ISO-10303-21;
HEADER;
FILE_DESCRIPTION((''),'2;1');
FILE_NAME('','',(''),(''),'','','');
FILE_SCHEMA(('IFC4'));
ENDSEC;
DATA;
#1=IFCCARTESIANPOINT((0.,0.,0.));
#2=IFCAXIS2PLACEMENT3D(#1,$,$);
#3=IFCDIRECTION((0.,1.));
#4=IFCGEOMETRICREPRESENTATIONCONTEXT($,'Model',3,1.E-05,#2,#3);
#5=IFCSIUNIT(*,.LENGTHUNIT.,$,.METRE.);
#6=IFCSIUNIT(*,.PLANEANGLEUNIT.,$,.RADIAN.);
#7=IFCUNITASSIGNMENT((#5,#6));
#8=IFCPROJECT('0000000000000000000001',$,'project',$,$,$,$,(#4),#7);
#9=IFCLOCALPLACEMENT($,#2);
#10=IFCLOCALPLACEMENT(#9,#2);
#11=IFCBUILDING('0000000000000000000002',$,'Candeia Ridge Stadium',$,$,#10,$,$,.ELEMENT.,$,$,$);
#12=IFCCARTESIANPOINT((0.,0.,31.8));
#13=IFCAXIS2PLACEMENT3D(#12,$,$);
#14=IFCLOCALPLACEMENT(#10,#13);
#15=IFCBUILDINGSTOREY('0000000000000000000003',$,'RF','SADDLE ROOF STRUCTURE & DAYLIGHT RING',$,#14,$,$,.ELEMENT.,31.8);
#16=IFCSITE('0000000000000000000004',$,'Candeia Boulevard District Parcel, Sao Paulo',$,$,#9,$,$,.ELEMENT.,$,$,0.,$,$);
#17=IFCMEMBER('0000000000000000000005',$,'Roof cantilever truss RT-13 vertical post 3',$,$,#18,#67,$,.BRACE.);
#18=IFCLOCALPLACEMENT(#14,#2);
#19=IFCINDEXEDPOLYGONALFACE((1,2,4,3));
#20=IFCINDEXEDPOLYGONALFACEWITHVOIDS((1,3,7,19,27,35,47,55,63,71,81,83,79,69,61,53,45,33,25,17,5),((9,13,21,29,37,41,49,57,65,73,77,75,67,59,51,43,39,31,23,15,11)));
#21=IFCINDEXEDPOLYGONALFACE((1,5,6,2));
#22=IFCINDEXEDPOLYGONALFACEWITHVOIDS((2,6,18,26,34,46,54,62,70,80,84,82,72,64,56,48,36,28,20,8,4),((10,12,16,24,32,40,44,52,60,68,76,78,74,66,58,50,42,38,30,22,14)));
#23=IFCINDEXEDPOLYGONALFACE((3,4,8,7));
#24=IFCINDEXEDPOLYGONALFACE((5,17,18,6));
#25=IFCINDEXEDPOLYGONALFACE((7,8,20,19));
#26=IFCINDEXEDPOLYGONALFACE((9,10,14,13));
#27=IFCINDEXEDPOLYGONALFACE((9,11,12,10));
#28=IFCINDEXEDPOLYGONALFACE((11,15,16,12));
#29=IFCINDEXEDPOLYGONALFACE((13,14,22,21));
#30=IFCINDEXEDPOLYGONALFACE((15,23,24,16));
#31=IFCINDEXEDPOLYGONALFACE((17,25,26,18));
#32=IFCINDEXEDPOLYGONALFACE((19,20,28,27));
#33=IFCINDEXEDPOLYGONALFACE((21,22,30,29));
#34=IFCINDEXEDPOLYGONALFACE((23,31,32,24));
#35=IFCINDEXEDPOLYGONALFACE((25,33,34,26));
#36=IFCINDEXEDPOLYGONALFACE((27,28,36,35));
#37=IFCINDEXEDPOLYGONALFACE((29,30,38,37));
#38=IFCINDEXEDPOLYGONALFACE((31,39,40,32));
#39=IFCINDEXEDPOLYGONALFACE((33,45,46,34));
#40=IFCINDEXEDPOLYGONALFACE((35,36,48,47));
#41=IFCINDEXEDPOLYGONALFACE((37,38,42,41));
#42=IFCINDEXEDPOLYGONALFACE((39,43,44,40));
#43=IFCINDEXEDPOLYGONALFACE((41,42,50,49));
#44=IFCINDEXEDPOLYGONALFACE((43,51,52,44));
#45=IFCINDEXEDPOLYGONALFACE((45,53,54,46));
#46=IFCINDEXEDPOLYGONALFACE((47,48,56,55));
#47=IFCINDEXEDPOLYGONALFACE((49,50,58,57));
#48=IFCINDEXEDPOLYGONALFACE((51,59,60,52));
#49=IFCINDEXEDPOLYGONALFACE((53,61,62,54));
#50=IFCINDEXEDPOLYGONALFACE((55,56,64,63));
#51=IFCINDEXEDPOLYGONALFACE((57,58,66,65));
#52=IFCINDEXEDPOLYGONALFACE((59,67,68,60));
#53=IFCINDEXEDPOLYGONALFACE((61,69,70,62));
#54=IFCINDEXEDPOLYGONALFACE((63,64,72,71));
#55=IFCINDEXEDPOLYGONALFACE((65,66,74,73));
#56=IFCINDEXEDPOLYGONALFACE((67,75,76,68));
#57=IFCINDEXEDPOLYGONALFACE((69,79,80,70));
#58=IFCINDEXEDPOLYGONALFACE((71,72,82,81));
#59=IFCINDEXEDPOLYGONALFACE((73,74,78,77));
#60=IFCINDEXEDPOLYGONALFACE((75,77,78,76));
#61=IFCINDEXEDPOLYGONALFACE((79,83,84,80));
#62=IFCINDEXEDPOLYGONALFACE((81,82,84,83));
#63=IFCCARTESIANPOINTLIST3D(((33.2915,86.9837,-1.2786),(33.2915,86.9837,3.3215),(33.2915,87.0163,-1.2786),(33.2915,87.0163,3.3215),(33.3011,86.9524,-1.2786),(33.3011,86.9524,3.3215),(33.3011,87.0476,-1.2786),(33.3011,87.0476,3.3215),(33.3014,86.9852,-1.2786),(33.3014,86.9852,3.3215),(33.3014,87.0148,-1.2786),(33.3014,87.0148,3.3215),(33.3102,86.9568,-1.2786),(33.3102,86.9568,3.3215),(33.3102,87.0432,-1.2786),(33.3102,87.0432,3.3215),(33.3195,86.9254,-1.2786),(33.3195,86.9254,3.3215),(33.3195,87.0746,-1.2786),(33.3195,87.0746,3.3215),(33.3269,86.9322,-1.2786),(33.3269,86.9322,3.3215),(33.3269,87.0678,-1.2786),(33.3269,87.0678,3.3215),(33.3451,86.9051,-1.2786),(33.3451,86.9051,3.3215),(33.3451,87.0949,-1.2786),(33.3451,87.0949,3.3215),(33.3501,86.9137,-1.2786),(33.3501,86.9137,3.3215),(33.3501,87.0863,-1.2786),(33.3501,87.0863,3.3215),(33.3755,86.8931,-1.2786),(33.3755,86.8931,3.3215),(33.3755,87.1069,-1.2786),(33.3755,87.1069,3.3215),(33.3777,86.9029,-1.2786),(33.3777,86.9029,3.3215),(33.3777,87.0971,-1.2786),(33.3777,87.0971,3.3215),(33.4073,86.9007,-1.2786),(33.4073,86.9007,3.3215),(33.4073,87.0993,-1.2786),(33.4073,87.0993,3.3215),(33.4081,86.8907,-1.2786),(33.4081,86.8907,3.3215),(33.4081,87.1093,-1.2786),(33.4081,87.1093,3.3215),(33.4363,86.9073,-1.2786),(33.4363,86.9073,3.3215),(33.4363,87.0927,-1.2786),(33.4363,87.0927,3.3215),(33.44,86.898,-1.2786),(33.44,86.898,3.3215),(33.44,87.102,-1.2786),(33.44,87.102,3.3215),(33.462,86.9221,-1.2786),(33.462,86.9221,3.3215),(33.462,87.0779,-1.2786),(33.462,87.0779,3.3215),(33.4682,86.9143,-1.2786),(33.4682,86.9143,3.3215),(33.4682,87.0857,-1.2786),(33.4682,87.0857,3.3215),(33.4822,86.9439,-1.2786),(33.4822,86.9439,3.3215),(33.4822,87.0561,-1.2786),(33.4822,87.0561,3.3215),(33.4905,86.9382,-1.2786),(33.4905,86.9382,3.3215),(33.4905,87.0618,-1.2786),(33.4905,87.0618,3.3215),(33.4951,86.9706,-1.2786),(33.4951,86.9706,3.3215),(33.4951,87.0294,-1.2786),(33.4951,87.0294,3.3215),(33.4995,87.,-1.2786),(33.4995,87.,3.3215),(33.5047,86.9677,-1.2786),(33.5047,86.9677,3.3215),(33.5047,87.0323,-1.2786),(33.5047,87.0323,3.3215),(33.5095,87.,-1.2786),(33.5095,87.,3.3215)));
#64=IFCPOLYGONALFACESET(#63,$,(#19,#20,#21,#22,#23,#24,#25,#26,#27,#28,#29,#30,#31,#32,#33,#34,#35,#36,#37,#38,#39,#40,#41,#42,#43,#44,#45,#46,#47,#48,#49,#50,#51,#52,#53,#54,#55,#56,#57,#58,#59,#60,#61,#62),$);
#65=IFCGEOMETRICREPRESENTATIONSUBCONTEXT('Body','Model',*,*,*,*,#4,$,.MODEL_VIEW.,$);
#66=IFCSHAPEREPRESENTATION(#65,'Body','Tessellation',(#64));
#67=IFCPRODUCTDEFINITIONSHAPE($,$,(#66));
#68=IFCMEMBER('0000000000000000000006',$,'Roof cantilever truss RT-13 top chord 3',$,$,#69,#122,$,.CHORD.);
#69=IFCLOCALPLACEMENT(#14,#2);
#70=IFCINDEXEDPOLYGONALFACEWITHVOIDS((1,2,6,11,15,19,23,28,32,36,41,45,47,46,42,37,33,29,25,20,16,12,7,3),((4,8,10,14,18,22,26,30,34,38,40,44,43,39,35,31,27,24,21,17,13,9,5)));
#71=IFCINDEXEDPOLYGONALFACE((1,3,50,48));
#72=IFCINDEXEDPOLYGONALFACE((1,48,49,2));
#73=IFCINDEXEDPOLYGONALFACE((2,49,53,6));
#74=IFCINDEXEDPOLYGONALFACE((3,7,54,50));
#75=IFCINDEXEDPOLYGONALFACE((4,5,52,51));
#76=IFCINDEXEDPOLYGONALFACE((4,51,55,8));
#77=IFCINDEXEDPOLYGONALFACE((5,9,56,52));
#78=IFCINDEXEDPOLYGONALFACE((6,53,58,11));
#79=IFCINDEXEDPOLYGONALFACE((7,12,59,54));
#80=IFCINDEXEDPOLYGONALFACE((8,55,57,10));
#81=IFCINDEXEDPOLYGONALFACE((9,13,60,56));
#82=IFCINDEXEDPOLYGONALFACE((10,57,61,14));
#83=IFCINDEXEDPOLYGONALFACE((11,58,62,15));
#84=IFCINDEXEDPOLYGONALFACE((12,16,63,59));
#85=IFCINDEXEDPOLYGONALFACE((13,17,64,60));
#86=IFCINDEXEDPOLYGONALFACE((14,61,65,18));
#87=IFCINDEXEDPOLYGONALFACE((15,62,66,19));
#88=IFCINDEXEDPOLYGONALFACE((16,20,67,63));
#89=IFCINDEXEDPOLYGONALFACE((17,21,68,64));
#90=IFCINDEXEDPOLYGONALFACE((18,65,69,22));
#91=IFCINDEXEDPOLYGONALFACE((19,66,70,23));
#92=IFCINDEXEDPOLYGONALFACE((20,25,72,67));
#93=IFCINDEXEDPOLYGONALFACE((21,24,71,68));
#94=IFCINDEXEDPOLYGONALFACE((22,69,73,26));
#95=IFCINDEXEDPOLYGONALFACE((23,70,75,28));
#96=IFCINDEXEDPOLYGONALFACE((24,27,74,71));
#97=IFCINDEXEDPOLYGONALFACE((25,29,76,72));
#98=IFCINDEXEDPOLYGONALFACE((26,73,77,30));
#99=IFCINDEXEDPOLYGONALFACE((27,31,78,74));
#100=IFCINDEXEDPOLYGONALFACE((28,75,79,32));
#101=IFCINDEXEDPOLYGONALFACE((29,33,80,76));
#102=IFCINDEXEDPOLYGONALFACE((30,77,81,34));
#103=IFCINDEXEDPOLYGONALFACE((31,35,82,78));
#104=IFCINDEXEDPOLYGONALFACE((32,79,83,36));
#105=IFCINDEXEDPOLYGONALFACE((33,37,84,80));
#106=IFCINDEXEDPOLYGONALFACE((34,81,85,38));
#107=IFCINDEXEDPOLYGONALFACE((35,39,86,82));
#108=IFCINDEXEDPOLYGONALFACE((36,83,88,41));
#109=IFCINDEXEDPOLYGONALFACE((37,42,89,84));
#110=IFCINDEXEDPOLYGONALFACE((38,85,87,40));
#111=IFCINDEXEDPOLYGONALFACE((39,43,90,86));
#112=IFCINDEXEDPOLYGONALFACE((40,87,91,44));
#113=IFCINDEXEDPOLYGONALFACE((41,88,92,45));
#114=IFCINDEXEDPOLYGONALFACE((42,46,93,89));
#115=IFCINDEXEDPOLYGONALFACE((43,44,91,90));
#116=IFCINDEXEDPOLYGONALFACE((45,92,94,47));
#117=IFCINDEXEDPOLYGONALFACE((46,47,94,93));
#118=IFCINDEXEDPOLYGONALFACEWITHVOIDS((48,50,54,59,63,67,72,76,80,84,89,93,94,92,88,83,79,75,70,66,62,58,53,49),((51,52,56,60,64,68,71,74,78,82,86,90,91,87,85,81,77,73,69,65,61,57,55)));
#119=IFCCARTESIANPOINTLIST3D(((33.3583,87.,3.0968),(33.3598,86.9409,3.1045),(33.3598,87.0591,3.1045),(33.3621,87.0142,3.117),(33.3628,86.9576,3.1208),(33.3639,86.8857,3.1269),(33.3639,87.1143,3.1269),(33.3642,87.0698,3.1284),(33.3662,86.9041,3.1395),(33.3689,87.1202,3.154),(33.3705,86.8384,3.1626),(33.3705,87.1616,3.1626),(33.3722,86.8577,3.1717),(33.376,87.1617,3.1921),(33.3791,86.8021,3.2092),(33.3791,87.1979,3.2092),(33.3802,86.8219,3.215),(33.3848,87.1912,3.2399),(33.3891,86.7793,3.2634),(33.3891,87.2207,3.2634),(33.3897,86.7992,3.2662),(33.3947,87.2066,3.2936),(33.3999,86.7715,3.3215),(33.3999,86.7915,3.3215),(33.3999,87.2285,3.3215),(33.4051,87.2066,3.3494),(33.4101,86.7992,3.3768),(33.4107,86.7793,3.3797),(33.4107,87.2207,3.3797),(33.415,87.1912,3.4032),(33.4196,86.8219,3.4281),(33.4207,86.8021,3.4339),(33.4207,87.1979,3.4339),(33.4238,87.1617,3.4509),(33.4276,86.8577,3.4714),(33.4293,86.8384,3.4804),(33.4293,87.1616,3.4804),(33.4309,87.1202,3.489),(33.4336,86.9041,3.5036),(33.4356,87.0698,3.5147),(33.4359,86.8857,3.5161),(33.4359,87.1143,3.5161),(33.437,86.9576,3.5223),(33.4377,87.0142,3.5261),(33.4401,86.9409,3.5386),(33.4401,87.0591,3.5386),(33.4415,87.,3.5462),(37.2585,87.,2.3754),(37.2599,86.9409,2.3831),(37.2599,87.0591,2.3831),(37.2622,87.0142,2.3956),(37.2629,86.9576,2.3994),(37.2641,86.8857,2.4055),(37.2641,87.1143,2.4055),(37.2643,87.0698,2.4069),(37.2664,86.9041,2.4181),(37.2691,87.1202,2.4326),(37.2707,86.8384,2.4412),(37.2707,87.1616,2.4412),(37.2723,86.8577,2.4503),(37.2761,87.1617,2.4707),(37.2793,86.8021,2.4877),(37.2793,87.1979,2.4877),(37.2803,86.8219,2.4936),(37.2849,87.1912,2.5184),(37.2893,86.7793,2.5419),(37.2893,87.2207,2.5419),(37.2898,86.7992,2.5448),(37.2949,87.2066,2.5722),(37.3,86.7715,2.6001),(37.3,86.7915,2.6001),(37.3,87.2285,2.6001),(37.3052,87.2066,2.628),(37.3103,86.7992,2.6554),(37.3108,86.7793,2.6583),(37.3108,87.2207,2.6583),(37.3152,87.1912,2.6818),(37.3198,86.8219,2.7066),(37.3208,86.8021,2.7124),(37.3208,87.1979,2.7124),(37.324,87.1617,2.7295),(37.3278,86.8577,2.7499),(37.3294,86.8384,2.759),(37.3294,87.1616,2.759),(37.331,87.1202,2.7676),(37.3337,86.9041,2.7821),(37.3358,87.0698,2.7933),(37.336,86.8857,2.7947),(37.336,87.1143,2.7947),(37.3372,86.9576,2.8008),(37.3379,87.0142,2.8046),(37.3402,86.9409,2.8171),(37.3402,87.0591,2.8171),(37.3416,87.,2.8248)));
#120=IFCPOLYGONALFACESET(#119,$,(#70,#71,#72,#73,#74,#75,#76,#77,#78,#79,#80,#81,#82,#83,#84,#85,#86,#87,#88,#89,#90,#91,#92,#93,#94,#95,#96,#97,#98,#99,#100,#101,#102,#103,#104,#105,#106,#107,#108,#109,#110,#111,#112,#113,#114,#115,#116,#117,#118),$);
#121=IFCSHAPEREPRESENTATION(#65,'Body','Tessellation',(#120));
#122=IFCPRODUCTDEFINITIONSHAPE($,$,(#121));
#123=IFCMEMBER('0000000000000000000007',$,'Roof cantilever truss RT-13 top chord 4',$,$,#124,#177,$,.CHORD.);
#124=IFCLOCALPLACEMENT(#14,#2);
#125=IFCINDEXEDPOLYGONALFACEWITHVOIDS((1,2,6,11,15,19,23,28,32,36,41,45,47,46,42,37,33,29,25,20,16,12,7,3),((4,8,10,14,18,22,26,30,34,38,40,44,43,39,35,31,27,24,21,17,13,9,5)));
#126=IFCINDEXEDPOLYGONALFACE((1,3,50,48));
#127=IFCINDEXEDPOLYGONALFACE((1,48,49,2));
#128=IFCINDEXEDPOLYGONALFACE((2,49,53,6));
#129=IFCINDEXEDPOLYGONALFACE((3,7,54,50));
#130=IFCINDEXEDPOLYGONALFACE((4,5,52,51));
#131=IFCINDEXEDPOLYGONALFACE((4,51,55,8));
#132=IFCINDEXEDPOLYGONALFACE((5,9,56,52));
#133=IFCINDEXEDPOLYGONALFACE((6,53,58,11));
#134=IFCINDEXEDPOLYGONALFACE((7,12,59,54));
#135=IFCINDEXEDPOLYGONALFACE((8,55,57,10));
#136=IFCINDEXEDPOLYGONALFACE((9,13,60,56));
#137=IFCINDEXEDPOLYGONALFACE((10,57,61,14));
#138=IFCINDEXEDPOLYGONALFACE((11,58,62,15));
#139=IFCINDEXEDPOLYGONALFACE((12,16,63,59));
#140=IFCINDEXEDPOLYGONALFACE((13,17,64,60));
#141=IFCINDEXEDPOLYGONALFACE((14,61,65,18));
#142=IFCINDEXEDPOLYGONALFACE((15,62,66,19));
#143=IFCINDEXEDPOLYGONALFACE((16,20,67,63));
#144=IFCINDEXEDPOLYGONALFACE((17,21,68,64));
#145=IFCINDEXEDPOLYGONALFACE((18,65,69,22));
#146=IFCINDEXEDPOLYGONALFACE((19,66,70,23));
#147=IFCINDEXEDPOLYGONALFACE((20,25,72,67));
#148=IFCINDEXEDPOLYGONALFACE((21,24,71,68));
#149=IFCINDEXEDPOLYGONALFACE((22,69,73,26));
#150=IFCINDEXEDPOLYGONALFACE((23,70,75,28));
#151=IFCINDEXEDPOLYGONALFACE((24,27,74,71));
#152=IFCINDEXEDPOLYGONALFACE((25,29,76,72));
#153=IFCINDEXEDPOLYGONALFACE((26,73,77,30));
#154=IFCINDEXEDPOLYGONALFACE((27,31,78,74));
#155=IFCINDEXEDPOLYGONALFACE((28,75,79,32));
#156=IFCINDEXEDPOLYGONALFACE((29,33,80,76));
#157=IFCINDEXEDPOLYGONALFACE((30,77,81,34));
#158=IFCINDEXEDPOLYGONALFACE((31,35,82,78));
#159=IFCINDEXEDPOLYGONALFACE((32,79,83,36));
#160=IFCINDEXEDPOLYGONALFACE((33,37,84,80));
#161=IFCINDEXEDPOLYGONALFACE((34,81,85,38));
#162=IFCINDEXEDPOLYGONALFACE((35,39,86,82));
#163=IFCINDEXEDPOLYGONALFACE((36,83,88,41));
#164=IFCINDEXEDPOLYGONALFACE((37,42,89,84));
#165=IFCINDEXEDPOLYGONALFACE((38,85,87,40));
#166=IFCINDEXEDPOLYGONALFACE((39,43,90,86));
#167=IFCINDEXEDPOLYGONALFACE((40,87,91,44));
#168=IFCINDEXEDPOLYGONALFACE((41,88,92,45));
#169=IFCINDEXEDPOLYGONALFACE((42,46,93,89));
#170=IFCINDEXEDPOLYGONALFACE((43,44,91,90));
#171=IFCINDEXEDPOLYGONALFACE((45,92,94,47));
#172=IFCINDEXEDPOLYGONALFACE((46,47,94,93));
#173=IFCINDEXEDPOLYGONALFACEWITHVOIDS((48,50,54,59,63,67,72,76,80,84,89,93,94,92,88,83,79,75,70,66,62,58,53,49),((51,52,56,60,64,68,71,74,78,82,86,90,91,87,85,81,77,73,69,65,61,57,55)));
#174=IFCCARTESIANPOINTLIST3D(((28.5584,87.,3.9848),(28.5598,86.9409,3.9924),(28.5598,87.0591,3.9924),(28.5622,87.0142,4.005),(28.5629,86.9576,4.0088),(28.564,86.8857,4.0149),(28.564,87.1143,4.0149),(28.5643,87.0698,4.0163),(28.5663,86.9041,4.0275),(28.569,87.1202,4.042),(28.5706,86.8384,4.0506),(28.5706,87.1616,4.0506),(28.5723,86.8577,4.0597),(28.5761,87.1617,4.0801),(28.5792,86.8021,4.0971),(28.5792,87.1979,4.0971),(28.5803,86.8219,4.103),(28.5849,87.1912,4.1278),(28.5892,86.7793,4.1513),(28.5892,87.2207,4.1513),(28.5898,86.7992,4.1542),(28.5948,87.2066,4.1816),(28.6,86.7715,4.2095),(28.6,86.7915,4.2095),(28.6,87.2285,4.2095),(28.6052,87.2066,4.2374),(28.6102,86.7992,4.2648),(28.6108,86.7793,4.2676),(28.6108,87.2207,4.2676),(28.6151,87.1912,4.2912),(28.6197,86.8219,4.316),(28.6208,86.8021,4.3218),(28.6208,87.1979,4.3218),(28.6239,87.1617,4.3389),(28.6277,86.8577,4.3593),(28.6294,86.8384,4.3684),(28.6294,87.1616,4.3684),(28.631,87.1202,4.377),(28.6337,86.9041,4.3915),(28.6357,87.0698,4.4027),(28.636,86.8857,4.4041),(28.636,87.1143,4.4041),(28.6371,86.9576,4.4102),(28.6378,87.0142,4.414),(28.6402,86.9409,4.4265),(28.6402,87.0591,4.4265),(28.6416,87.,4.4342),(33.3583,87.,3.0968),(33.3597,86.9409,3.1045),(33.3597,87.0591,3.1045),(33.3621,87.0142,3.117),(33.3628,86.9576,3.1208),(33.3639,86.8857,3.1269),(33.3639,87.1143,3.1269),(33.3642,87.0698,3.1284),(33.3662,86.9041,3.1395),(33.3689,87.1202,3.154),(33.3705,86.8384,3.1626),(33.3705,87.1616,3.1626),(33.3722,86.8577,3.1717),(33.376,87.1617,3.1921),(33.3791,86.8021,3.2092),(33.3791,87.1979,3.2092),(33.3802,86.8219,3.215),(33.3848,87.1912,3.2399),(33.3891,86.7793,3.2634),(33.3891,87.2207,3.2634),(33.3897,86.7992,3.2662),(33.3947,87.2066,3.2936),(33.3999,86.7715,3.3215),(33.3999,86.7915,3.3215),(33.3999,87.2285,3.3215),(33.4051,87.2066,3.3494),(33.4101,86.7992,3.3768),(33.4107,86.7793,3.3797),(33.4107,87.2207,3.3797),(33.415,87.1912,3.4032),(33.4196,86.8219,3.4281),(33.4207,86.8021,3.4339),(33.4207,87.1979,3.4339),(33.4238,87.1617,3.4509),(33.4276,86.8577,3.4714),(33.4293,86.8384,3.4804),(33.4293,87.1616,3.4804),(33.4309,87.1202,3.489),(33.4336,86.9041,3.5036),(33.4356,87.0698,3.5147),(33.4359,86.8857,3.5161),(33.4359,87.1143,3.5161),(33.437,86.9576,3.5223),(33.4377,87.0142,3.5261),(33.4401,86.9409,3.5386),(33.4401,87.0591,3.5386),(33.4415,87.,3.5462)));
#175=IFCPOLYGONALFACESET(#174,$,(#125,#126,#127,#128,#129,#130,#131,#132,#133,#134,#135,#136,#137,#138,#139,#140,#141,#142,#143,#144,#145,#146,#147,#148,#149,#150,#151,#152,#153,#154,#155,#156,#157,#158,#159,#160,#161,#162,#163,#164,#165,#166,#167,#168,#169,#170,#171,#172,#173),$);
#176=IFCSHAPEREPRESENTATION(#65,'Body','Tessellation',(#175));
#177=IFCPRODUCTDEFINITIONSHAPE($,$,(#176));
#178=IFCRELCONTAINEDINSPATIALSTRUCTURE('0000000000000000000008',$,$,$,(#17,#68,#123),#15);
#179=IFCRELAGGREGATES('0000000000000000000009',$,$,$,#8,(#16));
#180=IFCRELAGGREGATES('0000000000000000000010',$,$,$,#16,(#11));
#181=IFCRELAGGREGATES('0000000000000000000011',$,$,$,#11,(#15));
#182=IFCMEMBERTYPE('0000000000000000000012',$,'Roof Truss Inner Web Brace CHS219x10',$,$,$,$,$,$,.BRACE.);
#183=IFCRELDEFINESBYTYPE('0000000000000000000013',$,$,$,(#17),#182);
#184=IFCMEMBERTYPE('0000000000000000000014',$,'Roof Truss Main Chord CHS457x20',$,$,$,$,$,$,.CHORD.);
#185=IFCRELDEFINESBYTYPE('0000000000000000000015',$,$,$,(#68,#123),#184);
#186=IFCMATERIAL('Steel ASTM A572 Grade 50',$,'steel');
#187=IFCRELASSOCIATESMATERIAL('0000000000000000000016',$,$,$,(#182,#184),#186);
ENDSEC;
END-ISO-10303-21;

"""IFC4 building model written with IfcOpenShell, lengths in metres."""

from ifc_helpers import new_model, si_unit, direction, frame, origin, origin_2d, place, context, subcontext, project, spatial, hollow_circle, extrude, material, material_profile, profile_set, type_object, element, save


model = new_model("IFC4")

# Units and contexts
model_context = context("Model", 3, precision=1e-05, world=origin(), true_north=direction((0.0, 1.0)))
body_context = subcontext(model_context, "Body", "Model", "MODEL_VIEW")
ifc_project = project(units=[si_unit("LENGTHUNIT", "METRE"), si_unit("PLANEANGLEUNIT", "RADIAN")], contexts=[model_context])

# Site, building, storey
site_placement = place(None, origin())
site = spatial("IfcSite", under=ifc_project, at=site_placement, Name="Candeia Boulevard District Parcel, Sao Paulo", CompositionType="ELEMENT", RefElevation=0.0)
building_placement = place(site_placement, origin())
building = spatial("IfcBuilding", under=site, at=building_placement, Name="Candeia Ridge Stadium", CompositionType="ELEMENT")
storey_placement = place(building_placement, frame((0.0, 0.0, 31.8)))
storey = spatial("IfcBuildingStorey", under=building, at=storey_placement, Name="RF", Description="SADDLE ROOF STRUCTURE & DAYLIGHT RING", CompositionType="ELEMENT", Elevation=31.8)

# Shared definitions
ifc_material_1 = material(Name="Steel ASTM A572 Grade 50", Category="steel")

# Members
ifc_material_profile_1 = material_profile(ifc_material_1, hollow_circle(Radius=0.1096, WallThickness=0.01, at=origin_2d()), Name="CHS219x10", Category="steel")
ifc_profile_set_1 = profile_set([ifc_material_profile_1], Name="Steel ASTM A572 Grade 50")
member_type_1 = type_object("IfcMemberType", Name="Roof Truss Inner Web Brace CHS219x10", PredefinedType="BRACE", material=ifc_profile_set_1)
member_1_placement = place(storey_placement, frame((33.3999, 87.0, -1.2786), z_axis=(0.0, 0.0, 1.0), x_axis=(1.0, 0.0, 0.0)))
element("IfcMember", 1, at=member_1_placement, inside=storey, type_object=member_type_1, Name="Roof cantilever truss RT-13 vertical post 3", PredefinedType="BRACE", context=body_context, shape_type="SweptSolid", body=[
    extrude(hollow_circle(Radius=0.1096, WallThickness=0.01, at=origin_2d()), origin(), (0.0, 0.0, 1.0), 4.6001),
])
ifc_material_profile_2 = material_profile(ifc_material_1, hollow_circle(Radius=0.2285, WallThickness=0.02, at=origin_2d()), Name="CHS457x20", Category="steel")
ifc_profile_set_2 = profile_set([ifc_material_profile_2], Name="Steel ASTM A572 Grade 50")
member_type_2 = type_object("IfcMemberType", Name="Roof Truss Main Chord CHS457x20", PredefinedType="CHORD", material=ifc_profile_set_2)
member_2_placement = place(storey_placement, frame((37.3, 87.0, 2.6001), z_axis=(-0.983319, 0.0, 0.181891), x_axis=(0.0, -1.0, 0.0)))
element("IfcMember", 2, at=member_2_placement, inside=storey, type_object=member_type_2, Name="Roof cantilever truss RT-13 top chord 3", PredefinedType="CHORD", context=body_context, shape_type="SweptSolid", body=[
    extrude(hollow_circle(Radius=0.2285, WallThickness=0.02, at=origin_2d()), origin(), (0.0, 0.0, 1.0), 3.9663),
])
member_3_placement = place(storey_placement, frame((33.3999, 87.0, 3.3215), z_axis=(-0.983315, 0.0, 0.181908), x_axis=(0.0, -1.0, 0.0)))
element("IfcMember", 3, at=member_3_placement, inside=storey, type_object=member_type_2, Name="Roof cantilever truss RT-13 top chord 4", PredefinedType="CHORD", context=body_context, shape_type="SweptSolid", body=[
    extrude(hollow_circle(Radius=0.2285, WallThickness=0.02, at=origin_2d()), origin(), (0.0, 0.0, 1.0), 4.8813),
])

save(model, "model.ifc")
